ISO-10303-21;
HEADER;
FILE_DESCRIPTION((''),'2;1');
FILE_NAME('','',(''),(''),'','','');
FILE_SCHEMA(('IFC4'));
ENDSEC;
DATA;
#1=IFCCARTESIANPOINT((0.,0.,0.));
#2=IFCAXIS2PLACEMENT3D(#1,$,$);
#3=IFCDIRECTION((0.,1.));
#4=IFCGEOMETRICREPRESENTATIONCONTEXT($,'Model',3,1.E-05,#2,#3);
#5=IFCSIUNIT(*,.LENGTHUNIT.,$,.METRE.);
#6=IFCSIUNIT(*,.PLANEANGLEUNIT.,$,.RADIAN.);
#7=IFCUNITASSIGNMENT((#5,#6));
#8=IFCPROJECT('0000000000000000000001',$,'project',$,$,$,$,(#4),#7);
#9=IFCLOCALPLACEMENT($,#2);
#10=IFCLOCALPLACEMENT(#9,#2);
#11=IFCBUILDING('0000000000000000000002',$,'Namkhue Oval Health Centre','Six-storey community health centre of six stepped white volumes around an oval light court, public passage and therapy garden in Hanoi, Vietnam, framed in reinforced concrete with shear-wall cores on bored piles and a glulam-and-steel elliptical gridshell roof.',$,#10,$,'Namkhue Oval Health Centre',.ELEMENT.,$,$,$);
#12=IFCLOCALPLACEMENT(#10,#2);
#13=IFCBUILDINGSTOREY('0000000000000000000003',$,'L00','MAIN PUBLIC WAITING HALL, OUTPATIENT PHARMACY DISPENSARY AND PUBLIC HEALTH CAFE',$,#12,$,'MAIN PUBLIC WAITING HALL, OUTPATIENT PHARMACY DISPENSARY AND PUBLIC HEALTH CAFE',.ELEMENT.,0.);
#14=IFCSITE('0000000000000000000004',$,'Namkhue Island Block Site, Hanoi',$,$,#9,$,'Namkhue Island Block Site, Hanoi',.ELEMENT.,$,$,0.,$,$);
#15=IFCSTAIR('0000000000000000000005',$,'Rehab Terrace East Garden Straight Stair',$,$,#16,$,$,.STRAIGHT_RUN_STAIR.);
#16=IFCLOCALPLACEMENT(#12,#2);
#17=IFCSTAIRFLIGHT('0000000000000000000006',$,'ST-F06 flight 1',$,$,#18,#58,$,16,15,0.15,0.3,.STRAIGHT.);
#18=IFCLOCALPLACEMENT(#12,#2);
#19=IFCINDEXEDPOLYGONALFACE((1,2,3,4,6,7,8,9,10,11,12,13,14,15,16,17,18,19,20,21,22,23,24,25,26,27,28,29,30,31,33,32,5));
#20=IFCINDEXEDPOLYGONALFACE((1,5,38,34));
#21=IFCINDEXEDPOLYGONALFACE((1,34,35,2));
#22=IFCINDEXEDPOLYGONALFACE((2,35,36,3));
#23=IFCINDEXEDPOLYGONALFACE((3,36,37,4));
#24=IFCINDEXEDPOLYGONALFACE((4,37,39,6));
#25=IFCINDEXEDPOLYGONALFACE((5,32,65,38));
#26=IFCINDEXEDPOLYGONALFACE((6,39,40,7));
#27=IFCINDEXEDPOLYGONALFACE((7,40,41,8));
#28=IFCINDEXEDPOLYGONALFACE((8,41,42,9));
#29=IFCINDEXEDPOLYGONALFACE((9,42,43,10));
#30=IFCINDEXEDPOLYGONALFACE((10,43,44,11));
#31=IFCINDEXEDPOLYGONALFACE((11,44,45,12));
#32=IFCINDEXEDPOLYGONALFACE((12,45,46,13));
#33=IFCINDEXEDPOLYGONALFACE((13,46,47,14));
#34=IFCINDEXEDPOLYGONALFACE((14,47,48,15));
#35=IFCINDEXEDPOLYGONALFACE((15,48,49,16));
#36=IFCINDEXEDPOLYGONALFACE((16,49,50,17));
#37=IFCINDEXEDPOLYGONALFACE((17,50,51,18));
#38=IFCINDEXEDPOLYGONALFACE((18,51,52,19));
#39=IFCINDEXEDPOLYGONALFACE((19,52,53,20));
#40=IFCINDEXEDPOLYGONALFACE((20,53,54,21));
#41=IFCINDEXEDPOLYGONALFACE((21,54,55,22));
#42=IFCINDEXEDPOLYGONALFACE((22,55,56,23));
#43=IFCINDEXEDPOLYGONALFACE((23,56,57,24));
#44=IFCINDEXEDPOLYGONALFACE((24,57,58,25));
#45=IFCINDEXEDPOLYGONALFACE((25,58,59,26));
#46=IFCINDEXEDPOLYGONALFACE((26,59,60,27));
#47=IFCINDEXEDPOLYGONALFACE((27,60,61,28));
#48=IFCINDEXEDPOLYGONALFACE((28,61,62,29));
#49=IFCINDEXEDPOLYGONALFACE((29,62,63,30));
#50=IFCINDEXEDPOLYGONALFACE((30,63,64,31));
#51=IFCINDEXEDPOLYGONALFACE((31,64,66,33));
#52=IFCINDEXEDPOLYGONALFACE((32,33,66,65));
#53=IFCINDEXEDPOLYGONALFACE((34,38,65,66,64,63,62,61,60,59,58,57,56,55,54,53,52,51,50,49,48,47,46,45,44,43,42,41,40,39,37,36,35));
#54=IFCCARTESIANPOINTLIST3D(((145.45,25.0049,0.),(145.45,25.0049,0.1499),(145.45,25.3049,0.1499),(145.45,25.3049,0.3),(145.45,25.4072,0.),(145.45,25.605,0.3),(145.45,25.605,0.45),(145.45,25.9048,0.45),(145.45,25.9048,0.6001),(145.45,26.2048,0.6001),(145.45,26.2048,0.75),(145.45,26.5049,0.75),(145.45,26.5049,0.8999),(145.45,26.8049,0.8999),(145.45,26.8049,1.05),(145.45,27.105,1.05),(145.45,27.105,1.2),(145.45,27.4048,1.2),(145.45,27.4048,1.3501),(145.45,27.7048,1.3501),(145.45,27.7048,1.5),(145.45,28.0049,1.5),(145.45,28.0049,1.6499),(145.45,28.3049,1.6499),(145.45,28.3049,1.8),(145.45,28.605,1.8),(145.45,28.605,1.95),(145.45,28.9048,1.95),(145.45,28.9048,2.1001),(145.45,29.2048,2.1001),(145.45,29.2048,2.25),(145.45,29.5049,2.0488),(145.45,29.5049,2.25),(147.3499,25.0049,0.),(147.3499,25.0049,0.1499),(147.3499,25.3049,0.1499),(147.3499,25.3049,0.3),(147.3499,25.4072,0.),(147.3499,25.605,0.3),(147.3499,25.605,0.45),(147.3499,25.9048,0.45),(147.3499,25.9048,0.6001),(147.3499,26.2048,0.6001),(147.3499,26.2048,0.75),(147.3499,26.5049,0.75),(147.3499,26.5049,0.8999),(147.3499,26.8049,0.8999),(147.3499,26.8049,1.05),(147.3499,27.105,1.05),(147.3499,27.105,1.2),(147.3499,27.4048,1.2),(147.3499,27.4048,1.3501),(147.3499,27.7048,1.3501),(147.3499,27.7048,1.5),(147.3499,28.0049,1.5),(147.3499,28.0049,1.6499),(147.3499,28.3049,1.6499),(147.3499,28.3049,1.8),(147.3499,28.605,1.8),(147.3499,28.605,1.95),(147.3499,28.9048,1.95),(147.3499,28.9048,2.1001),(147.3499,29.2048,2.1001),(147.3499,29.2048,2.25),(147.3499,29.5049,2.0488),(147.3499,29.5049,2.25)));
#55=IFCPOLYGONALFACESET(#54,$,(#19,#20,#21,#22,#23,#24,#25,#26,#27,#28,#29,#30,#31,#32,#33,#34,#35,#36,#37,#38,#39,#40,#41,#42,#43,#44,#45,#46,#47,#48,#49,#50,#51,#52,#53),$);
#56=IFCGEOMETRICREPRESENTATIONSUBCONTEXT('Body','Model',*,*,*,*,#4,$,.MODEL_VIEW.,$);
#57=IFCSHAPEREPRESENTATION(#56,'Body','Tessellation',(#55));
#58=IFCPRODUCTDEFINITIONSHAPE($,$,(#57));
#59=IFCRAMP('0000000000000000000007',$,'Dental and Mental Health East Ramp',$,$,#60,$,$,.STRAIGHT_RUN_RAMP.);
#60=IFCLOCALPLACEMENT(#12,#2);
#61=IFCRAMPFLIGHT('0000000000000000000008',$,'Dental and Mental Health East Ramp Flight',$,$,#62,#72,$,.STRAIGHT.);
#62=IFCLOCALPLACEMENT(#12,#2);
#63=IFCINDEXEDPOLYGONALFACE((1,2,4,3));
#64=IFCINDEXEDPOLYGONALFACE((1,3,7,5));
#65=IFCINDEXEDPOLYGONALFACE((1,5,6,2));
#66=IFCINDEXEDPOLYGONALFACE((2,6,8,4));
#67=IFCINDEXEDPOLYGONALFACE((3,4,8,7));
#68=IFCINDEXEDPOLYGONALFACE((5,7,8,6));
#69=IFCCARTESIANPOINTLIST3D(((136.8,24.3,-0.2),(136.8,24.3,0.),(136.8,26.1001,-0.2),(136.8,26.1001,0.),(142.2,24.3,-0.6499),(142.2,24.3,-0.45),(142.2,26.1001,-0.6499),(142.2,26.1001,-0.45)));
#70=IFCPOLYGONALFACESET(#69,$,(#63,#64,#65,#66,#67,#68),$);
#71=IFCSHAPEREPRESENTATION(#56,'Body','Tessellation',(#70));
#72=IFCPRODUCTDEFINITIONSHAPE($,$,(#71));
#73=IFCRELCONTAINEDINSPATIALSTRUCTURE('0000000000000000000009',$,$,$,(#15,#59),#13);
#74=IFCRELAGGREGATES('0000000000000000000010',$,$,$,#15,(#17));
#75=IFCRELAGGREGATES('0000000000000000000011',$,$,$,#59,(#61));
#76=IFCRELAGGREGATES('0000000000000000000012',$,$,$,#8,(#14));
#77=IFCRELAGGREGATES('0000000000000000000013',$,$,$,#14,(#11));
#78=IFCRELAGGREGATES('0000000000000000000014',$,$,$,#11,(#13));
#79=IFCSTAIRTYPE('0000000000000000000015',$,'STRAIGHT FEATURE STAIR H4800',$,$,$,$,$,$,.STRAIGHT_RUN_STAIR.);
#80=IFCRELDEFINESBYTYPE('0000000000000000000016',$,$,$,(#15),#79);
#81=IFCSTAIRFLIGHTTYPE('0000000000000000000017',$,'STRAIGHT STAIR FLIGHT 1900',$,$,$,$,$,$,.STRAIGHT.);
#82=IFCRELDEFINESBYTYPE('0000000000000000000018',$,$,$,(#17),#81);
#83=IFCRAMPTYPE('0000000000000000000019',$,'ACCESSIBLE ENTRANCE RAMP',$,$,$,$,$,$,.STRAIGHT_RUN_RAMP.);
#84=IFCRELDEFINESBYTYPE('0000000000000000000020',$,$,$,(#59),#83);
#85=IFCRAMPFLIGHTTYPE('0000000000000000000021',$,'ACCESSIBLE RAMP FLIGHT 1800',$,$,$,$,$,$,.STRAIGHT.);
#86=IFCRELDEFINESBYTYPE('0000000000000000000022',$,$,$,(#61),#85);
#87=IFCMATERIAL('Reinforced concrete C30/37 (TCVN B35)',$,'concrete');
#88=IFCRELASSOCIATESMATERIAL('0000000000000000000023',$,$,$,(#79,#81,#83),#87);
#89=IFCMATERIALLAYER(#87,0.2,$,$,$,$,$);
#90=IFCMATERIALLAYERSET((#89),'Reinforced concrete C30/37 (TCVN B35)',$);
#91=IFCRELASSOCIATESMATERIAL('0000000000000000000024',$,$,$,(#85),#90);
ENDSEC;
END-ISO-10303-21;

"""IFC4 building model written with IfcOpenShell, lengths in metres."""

from ifc_helpers import new_model, si_unit, direction, frame, origin, place, context, subcontext, project, spatial, polyline, outline, extrude, material, layer, layer_set, type_object, element, aggregate, save


model = new_model("IFC4")

# Units and contexts
model_context = context("Model", 3, precision=1e-05, world=origin(), true_north=direction((0.0, 1.0)))
body_context = subcontext(model_context, "Body", "Model", "MODEL_VIEW")
ifc_project = project(units=[si_unit("LENGTHUNIT", "METRE"), si_unit("PLANEANGLEUNIT", "RADIAN")], contexts=[model_context])

# Site, building, storey
site_placement = place(None, origin())
site = spatial("IfcSite", under=ifc_project, at=site_placement, Name="Namkhue Island Block Site, Hanoi", LongName="Namkhue Island Block Site, Hanoi", CompositionType="ELEMENT", RefElevation=0.0)
building_placement = place(site_placement, origin())
building = spatial("IfcBuilding", under=site, at=building_placement, Name="Namkhue Oval Health Centre", Description="Six-storey community health centre of six stepped white volumes around an oval light court, public passage and therapy garden in Hanoi, Vietnam, framed in reinforced concrete with shear-wall cores on bored piles and a glulam-and-steel elliptical gridshell roof.", LongName="Namkhue Oval Health Centre", CompositionType="ELEMENT")
storey_placement = place(building_placement, origin())
storey = spatial("IfcBuildingStorey", under=building, at=storey_placement, Name="L00", Description="MAIN PUBLIC WAITING HALL, OUTPATIENT PHARMACY DISPENSARY AND PUBLIC HEALTH CAFE", LongName="MAIN PUBLIC WAITING HALL, OUTPATIENT PHARMACY DISPENSARY AND PUBLIC HEALTH CAFE", CompositionType="ELEMENT", Elevation=0.0)

# Shared definitions
ifc_material_1 = material(Name="Reinforced concrete C30/37 (TCVN B35)", Category="concrete")

# Stair, stair flight
stair_type = type_object("IfcStairType", Name="STRAIGHT FEATURE STAIR H4800", PredefinedType="STRAIGHT_RUN_STAIR", material=ifc_material_1)
stair_flight_type = type_object("IfcStairFlightType", Name="STRAIGHT STAIR FLIGHT 1900", PredefinedType="STRAIGHT", material=ifc_material_1)
stair_1_placement = place(storey_placement, origin())
stair_1 = element("IfcStair", 1, at=stair_1_placement, inside=storey, type_object=stair_type, Name="Rehab Terrace East Garden Straight Stair", PredefinedType="STRAIGHT_RUN_STAIR")
stair_flight_1_placement = place(storey_placement, frame((146.3999, 25.0049, 0.0), z_axis=(0.0, 0.0, 1.0), x_axis=(0.0, 1.0, 0.0)))
stair_flight_1 = element("IfcStairFlight", 2, at=stair_flight_1_placement, type_object=stair_flight_type, Name="ST-F06 flight 1", NumberOfRisers=16, NumberOfTreads=15, PredefinedType="STRAIGHT", RiserHeight=0.15, TreadLength=0.3, context=body_context, shape_type="SweptSolid", body=[
    extrude(outline(polyline([(0.0, 0.0), (0.0, 0.1499), (0.3, 0.1499), (0.3, 0.3), (0.6001, 0.3), (0.6001, 0.45), (0.8999, 0.45), (0.8999, 0.6001), (1.2, 0.6001), (1.2, 0.75), (1.5, 0.75), (1.5, 0.8999), (1.8, 0.8999), (1.8, 1.05), (2.1001, 1.05), (2.1001, 1.2), (2.3999, 1.2), (2.3999, 1.3501), (2.7, 1.3501), (2.7, 1.5), (3.0, 1.5), (3.0, 1.6499), (3.3, 1.6499), (3.3, 1.8), (3.6001, 1.8), (3.6001, 1.95), (3.8999, 1.95), (3.8999, 2.1001), (4.2, 2.1001), (4.2, 2.25), (4.5, 2.25), (4.5, 2.3999), (4.5, 2.0488), (0.4023, 0.0), (0.0, 0.0)])), frame((0.0, 0.95, 0.0), z_axis=(0.0, -1.0, 0.0), x_axis=(1.0, 0.0, 0.0)), (0.0, 0.0, 1.0), 1.8999),
])
aggregate(stair_1, [stair_flight_1])

# Ramp, ramp flight
ramp_type = type_object("IfcRampType", Name="ACCESSIBLE ENTRANCE RAMP", PredefinedType="STRAIGHT_RUN_RAMP", material=ifc_material_1)
ramp_placement = place(storey_placement, origin())
ramp = element("IfcRamp", 3, at=ramp_placement, inside=storey, type_object=ramp_type, Name="Dental and Mental Health East Ramp", PredefinedType="STRAIGHT_RUN_RAMP")
ifc_layer_1 = layer(ifc_material_1, 0.2)
ifc_layer_set_1 = layer_set([ifc_layer_1], Name="Reinforced concrete C30/37 (TCVN B35)")
ramp_flight_type = type_object("IfcRampFlightType", Name="ACCESSIBLE RAMP FLIGHT 1800", PredefinedType="STRAIGHT", material=ifc_layer_set_1)
ramp_flight_placement = place(storey_placement, frame((142.2, 25.2, -0.45), z_axis=(0.0, 0.0, 1.0), x_axis=(-1.0, 0.0, 0.0)))
ramp_flight = element("IfcRampFlight", 4, at=ramp_flight_placement, type_object=ramp_flight_type, Name="Dental and Mental Health East Ramp Flight", PredefinedType="STRAIGHT", context=body_context, shape_type="SweptSolid", body=[
    extrude(outline(polyline([(0.0, 0.0), (5.3999, 0.45), (5.3999, 0.25), (0.0, -0.2), (0.0, 0.0)])), frame((0.0, 0.8999, 0.0), z_axis=(0.0, -1.0, 0.0), x_axis=(1.0, 0.0, 0.0)), (0.0, 0.0, 1.0), 1.8),
])
aggregate(ramp, [ramp_flight])

save(model, "model.ifc")
